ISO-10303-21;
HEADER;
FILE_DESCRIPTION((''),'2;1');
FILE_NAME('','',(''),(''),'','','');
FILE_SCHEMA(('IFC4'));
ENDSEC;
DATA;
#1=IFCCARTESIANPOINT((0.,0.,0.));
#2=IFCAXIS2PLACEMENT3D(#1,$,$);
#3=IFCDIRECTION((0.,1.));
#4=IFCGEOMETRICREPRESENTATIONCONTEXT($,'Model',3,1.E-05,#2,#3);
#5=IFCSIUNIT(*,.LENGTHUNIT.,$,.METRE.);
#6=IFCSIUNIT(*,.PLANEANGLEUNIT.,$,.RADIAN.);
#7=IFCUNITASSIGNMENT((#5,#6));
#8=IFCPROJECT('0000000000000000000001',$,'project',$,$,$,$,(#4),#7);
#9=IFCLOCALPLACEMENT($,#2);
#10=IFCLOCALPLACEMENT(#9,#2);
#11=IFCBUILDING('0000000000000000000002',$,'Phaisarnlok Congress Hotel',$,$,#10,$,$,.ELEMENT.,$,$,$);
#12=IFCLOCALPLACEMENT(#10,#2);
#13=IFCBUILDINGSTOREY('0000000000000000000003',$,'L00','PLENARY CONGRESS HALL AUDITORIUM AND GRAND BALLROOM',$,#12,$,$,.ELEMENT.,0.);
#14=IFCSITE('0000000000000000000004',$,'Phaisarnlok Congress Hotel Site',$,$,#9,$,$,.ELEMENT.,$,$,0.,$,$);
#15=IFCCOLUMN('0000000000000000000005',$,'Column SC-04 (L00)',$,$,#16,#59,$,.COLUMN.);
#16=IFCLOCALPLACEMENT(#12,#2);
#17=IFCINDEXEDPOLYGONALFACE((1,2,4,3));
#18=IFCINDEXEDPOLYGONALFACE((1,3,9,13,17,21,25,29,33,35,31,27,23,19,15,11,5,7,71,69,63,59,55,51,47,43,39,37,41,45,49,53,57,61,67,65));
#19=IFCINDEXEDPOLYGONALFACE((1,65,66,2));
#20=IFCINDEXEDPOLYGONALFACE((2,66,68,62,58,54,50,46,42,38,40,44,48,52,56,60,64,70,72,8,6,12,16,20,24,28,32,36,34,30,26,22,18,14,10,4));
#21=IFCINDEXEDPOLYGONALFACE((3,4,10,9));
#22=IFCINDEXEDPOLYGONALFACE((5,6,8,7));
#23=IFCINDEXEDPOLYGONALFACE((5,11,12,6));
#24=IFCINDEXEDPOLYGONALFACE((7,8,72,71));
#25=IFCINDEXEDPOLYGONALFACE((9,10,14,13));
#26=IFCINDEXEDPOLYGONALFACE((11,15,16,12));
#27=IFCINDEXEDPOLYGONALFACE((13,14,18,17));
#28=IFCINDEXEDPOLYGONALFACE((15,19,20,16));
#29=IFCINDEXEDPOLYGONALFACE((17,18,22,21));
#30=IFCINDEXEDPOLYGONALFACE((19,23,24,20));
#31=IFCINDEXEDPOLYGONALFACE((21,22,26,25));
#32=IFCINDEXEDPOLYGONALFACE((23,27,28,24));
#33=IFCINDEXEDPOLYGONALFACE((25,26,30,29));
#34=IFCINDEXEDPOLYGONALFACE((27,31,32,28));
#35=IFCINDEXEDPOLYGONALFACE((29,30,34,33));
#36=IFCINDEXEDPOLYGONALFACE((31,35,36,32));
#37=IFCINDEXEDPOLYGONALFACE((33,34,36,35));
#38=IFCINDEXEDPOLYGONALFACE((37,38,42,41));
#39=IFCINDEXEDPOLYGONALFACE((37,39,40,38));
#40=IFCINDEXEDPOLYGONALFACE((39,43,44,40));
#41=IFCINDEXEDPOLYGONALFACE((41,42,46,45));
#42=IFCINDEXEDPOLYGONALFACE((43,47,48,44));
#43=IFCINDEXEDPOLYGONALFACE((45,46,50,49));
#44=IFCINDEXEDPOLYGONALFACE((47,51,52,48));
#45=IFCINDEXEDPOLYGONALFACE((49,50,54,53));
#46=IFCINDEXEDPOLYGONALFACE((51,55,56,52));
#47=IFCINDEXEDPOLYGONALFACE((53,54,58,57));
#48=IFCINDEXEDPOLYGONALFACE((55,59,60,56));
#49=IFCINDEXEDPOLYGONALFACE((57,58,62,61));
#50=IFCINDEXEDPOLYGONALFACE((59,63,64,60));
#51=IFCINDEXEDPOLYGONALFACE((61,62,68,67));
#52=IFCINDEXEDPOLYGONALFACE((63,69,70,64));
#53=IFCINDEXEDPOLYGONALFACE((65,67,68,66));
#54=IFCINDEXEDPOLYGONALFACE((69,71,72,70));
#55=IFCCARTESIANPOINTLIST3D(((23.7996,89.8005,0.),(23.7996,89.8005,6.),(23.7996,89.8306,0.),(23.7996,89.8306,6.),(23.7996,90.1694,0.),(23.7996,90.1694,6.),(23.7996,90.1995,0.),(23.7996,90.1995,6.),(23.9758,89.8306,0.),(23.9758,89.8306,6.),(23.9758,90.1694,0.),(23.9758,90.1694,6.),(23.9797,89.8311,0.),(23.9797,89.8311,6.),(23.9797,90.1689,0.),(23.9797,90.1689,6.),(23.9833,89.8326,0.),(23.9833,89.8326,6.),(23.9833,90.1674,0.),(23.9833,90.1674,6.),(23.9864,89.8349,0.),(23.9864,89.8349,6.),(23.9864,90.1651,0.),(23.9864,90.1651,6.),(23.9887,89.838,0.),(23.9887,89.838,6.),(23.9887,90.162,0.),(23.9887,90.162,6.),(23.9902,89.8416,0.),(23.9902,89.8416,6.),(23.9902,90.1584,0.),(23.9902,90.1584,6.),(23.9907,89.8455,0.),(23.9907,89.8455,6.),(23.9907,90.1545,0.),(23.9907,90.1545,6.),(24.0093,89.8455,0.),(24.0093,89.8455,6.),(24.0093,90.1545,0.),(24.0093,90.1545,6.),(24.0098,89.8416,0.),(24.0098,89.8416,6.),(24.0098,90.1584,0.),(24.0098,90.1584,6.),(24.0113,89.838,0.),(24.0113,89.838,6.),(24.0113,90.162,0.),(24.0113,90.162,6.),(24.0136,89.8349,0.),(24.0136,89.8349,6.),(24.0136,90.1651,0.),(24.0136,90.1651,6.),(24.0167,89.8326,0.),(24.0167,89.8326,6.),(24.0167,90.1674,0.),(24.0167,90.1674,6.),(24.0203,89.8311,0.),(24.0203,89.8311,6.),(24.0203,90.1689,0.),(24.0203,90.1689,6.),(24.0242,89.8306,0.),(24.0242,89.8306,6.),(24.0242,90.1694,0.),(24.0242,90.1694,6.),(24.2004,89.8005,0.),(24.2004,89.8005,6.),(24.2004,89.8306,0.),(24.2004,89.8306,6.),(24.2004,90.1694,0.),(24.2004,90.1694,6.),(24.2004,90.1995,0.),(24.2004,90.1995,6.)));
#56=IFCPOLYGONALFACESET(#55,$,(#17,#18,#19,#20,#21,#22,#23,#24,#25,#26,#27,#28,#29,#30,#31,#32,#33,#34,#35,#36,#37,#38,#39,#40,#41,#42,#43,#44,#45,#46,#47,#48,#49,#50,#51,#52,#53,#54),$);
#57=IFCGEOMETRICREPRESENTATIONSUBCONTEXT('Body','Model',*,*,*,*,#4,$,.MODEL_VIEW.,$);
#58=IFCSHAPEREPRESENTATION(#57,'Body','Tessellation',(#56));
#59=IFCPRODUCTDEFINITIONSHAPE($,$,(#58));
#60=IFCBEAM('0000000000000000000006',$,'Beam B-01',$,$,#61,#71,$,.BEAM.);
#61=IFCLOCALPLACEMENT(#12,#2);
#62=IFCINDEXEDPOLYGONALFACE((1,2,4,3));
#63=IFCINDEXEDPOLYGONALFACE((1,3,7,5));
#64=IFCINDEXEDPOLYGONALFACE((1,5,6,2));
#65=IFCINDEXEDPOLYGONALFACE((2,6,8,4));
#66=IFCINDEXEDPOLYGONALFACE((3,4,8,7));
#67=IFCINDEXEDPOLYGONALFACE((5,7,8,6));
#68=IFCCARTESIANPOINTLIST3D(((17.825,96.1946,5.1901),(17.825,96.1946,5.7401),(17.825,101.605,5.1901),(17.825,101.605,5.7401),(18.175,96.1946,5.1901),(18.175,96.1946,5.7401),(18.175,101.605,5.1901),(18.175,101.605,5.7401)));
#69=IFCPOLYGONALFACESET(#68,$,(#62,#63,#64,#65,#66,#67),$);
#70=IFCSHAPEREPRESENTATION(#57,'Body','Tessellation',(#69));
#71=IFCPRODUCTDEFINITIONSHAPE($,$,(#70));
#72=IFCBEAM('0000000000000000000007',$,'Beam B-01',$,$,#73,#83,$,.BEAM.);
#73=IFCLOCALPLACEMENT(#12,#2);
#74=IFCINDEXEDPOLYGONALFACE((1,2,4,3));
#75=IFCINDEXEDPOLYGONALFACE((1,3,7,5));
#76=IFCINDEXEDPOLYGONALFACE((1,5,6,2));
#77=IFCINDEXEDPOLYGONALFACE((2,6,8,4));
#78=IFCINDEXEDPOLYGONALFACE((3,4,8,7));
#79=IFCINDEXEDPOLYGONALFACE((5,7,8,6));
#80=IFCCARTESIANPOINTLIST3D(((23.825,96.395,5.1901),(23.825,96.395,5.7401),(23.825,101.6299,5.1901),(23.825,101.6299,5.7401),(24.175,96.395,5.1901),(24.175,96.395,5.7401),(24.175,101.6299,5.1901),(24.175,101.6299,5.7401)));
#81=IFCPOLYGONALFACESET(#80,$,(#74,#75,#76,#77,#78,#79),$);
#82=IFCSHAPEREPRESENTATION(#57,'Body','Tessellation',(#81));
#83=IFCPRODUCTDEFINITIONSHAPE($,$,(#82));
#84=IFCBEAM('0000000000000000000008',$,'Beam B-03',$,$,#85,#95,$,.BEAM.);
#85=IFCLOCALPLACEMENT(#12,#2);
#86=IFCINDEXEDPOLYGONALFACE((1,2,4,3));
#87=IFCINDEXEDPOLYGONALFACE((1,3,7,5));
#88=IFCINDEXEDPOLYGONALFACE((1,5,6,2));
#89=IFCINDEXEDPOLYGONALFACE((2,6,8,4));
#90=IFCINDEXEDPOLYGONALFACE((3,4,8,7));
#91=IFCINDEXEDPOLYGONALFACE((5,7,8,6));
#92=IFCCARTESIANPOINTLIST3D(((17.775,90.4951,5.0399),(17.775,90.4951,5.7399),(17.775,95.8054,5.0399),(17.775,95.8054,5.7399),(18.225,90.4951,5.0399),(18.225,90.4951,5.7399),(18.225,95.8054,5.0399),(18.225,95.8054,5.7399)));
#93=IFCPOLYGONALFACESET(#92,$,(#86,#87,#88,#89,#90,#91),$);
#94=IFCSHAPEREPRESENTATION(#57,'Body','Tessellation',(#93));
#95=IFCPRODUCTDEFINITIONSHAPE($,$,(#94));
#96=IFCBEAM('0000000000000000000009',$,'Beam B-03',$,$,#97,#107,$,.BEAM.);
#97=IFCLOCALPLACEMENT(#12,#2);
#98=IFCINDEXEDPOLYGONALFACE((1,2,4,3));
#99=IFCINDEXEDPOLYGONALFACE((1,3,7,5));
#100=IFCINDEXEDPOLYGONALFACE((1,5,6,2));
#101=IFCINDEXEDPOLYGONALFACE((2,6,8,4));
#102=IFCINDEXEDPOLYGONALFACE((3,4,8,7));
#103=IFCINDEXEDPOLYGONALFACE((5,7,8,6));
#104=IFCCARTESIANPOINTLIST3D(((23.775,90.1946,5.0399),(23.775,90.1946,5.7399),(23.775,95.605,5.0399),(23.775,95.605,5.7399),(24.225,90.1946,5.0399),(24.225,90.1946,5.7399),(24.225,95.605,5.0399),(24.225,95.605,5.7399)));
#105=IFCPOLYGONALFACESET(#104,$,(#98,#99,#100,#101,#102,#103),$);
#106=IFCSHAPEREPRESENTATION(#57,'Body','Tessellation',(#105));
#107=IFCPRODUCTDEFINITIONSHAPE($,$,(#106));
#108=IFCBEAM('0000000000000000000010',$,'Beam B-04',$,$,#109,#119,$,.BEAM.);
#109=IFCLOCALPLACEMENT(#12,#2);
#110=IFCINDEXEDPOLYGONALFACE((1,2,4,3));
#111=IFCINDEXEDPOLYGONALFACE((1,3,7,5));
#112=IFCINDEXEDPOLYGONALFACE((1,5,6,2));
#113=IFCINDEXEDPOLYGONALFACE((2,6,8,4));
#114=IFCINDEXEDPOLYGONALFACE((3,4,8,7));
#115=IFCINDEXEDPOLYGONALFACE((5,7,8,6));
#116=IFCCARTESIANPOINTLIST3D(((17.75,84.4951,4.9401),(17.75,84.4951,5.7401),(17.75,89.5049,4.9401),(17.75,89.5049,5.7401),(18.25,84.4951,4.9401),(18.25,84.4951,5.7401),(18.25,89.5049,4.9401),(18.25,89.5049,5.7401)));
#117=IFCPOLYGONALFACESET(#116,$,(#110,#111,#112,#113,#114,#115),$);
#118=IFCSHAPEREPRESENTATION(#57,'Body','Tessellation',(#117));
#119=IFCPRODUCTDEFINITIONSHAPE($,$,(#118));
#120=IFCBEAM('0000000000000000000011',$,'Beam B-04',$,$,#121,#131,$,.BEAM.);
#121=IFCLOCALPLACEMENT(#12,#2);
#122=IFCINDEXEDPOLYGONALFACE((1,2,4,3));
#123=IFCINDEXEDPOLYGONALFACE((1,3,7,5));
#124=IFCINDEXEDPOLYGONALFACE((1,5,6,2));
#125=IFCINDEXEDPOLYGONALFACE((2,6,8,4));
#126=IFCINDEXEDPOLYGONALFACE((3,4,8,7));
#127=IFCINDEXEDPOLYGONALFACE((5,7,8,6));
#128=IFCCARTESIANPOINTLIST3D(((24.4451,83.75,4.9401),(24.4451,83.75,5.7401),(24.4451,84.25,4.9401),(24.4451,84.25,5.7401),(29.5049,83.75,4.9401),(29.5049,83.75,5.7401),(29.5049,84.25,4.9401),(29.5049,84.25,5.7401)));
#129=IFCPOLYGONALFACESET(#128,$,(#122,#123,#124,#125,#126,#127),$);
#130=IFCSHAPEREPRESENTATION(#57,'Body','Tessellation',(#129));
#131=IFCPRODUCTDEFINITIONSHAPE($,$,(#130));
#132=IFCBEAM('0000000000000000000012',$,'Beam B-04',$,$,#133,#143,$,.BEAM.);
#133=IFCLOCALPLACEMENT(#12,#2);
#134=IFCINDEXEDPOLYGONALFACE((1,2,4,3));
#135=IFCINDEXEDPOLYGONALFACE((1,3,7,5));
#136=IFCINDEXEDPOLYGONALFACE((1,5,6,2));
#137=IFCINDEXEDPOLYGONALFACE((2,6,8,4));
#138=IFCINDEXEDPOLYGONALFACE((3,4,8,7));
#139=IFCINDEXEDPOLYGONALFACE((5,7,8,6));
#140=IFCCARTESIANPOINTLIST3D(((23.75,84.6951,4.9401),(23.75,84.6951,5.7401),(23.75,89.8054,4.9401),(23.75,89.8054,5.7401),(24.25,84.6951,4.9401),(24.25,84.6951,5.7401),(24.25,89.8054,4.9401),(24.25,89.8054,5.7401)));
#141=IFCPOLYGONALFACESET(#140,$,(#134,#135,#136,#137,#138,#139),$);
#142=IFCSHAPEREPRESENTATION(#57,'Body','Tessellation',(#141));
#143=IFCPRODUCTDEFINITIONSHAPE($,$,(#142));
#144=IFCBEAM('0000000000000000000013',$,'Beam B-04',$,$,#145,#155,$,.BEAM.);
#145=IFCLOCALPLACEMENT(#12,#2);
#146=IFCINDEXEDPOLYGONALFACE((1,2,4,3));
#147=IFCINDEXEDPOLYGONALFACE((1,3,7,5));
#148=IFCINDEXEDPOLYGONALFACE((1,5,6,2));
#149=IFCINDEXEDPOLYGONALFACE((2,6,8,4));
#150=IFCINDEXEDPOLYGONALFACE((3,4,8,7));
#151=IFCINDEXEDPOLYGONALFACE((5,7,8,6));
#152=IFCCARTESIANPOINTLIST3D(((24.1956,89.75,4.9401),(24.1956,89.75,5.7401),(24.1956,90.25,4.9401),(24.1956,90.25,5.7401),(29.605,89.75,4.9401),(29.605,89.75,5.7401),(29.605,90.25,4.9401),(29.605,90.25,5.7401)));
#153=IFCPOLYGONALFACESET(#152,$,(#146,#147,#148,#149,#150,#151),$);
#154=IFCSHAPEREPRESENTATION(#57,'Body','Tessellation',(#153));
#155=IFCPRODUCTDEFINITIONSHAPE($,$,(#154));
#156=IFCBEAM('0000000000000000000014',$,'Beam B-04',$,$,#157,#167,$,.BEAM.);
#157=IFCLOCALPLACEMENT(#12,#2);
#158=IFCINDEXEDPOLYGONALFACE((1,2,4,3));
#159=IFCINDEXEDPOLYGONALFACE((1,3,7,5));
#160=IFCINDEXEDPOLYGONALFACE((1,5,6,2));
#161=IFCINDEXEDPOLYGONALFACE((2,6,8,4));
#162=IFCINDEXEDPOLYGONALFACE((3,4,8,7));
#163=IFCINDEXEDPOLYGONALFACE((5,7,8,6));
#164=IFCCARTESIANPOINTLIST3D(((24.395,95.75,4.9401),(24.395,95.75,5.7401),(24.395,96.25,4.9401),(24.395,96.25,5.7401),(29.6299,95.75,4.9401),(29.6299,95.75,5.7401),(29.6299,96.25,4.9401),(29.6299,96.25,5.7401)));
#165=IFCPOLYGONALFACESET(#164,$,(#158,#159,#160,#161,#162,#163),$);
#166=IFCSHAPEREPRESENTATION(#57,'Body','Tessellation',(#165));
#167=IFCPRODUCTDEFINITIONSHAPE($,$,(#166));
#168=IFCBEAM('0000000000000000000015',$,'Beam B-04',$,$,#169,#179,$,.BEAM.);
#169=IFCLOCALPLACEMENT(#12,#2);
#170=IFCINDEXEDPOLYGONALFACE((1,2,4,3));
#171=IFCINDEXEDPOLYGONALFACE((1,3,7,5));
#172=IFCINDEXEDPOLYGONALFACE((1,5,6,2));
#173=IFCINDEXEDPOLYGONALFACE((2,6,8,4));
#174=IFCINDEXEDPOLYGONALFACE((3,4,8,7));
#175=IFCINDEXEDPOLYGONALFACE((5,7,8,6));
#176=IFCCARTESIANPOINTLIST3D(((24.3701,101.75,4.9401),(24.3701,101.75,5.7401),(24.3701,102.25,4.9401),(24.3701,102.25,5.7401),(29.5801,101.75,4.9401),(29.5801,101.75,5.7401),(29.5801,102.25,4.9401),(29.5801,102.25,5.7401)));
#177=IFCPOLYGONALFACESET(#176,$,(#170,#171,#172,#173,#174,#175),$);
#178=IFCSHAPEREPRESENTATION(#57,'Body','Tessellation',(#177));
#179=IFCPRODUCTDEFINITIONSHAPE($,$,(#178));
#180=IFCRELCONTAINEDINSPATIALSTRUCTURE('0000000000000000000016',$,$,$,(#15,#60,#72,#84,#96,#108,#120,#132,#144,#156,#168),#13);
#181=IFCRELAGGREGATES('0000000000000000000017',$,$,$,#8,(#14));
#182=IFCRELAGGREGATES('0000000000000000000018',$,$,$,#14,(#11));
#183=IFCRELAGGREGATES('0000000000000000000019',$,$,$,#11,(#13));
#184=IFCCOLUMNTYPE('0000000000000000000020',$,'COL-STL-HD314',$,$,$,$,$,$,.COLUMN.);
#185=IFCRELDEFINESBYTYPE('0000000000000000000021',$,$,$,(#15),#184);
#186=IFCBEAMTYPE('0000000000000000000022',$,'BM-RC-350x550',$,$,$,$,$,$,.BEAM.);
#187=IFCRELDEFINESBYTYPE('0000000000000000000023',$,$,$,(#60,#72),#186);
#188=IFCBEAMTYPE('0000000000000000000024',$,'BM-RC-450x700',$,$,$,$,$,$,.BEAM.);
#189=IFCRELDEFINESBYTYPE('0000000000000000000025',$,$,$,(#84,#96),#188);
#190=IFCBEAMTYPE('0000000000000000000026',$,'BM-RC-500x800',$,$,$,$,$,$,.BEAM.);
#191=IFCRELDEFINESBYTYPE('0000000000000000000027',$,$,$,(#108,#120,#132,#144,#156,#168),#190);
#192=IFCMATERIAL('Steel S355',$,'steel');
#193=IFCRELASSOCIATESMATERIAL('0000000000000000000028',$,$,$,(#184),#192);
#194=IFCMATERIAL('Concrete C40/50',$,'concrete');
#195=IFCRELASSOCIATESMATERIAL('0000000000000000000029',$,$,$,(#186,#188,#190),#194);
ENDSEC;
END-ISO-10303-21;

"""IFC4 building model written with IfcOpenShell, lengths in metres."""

from ifc_helpers import new_model, si_unit, direction, frame, origin, origin_2d, place, context, subcontext, project, spatial, rectangle, i_section, extrude, material, material_profile, profile_set, type_object, element, save


model = new_model("IFC4")

# Units and contexts
model_context = context("Model", 3, precision=1e-05, world=origin(), true_north=direction((0.0, 1.0)))
body_context = subcontext(model_context, "Body", "Model", "MODEL_VIEW")
ifc_project = project(units=[si_unit("LENGTHUNIT", "METRE"), si_unit("PLANEANGLEUNIT", "RADIAN")], contexts=[model_context])

# Site, building, storey
site_placement = place(None, origin())
site = spatial("IfcSite", under=ifc_project, at=site_placement, Name="Phaisarnlok Congress Hotel Site", CompositionType="ELEMENT", RefElevation=0.0)
building_placement = place(site_placement, origin())
building = spatial("IfcBuilding", under=site, at=building_placement, Name="Phaisarnlok Congress Hotel", CompositionType="ELEMENT")
storey_placement = place(building_placement, origin())
storey = spatial("IfcBuildingStorey", under=building, at=storey_placement, Name="L00", Description="PLENARY CONGRESS HALL AUDITORIUM AND GRAND BALLROOM", CompositionType="ELEMENT", Elevation=0.0)

# Column
ifc_material_1 = material(Name="Steel S355", Category="steel")
ifc_material_profile_1 = material_profile(ifc_material_1, i_section(OverallWidth=0.4009, OverallDepth=0.3989, WebThickness=0.0186, FlangeThickness=0.03, FilletRadius=0.0149, at=origin_2d()), Name="HD 400x314")
ifc_profile_set_1 = profile_set([ifc_material_profile_1], Name="Steel S355")
column_type_1 = type_object("IfcColumnType", Name="COL-STL-HD314", PredefinedType="COLUMN", material=ifc_profile_set_1)
for number, where, z_axis, x_axis, name in (
    (1, (24.0, 90.0, 0.0), (0.0, 0.0, 1.0), (1.0, 0.0, 0.0), "Column SC-04 (L00)"),
):
    element("IfcColumn", number, at=place(storey_placement, frame(where, z_axis=z_axis, x_axis=x_axis)), inside=storey, type_object=column_type_1, Name=name, PredefinedType="COLUMN", context=body_context, shape_type="SweptSolid", body=[
        extrude(i_section(OverallWidth=0.4009, OverallDepth=0.3989, WebThickness=0.0186, FlangeThickness=0.03, FilletRadius=0.0149, at=origin_2d()), origin(), (0.0, 0.0, 1.0), 6.0),
    ])

# Beams
ifc_material_2 = material(Name="Concrete C40/50", Category="concrete")
ifc_material_profile_2 = material_profile(ifc_material_2, rectangle(XDim=0.3501, YDim=0.55, at=origin_2d()), Name="RC 350x550")
ifc_profile_set_2 = profile_set([ifc_material_profile_2], Name="Concrete C40/50")
beam_type_1 = type_object("IfcBeamType", Name="BM-RC-350x550", PredefinedType="BEAM", material=ifc_profile_set_2)
beam_1_placement = place(storey_placement, frame((18.0, 96.1946, 5.4651), z_axis=(0.0, 1.0, 0.0), x_axis=(-1.0, 0.0, 0.0)))
element("IfcBeam", 2, at=beam_1_placement, inside=storey, type_object=beam_type_1, Name="Beam B-01", PredefinedType="BEAM", context=body_context, shape_type="SweptSolid", body=[
    extrude(rectangle(XDim=0.3501, YDim=0.55, at=origin_2d()), origin(), (0.0, 0.0, 1.0), 5.4104),
])
beam_2_placement = place(storey_placement, frame((24.0, 96.395, 5.4651), z_axis=(0.0, 1.0, 0.0), x_axis=(-1.0, 0.0, 0.0)))
element("IfcBeam", 3, at=beam_2_placement, inside=storey, type_object=beam_type_1, Name="Beam B-01", PredefinedType="BEAM", context=body_context, shape_type="SweptSolid", body=[
    extrude(rectangle(XDim=0.3501, YDim=0.55, at=origin_2d()), origin(), (0.0, 0.0, 1.0), 5.2349),
])
ifc_material_profile_3 = material_profile(ifc_material_2, rectangle(XDim=0.45, YDim=0.7, at=origin_2d()), Name="RC 450x700")
ifc_profile_set_3 = profile_set([ifc_material_profile_3], Name="Concrete C40/50")
beam_type_2 = type_object("IfcBeamType", Name="BM-RC-450x700", PredefinedType="BEAM", material=ifc_profile_set_3)
beam_3_placement = place(storey_placement, frame((18.0, 90.4951, 5.3899), z_axis=(0.0, 1.0, 0.0), x_axis=(-1.0, 0.0, 0.0)))
element("IfcBeam", 4, at=beam_3_placement, inside=storey, type_object=beam_type_2, Name="Beam B-03", PredefinedType="BEAM", context=body_context, shape_type="SweptSolid", body=[
    extrude(rectangle(XDim=0.45, YDim=0.7, at=origin_2d()), origin(), (0.0, 0.0, 1.0), 5.3103),
])
beam_4_placement = place(storey_placement, frame((24.0, 90.1946, 5.3899), z_axis=(0.0, 1.0, 0.0), x_axis=(-1.0, 0.0, 0.0)))
element("IfcBeam", 5, at=beam_4_placement, inside=storey, type_object=beam_type_2, Name="Beam B-03", PredefinedType="BEAM", context=body_context, shape_type="SweptSolid", body=[
    extrude(rectangle(XDim=0.45, YDim=0.7, at=origin_2d()), origin(), (0.0, 0.0, 1.0), 5.4104),
])
ifc_material_profile_4 = material_profile(ifc_material_2, rectangle(XDim=0.5, YDim=0.8, at=origin_2d()), Name="RC 500x800")
ifc_profile_set_4 = profile_set([ifc_material_profile_4], Name="Concrete C40/50")
beam_type_3 = type_object("IfcBeamType", Name="BM-RC-500x800", PredefinedType="BEAM", material=ifc_profile_set_4)
beam_5_placement = place(storey_placement, frame((18.0, 84.4951, 5.3401), z_axis=(0.0, 1.0, 0.0), x_axis=(-1.0, 0.0, 0.0)))
element("IfcBeam", 6, at=beam_5_placement, inside=storey, type_object=beam_type_3, Name="Beam B-04", PredefinedType="BEAM", context=body_context, shape_type="SweptSolid", body=[
    extrude(rectangle(XDim=0.5, YDim=0.8, at=origin_2d()), origin(), (0.0, 0.0, 1.0), 5.0098),
])
beam_6_placement = place(storey_placement, frame((24.4451, 84.0, 5.3401), z_axis=(1.0, 0.0, 0.0), x_axis=(0.0, 1.0, 0.0)))
element("IfcBeam", 7, at=beam_6_placement, inside=storey, type_object=beam_type_3, Name="Beam B-04", PredefinedType="BEAM", context=body_context, shape_type="SweptSolid", body=[
    extrude(rectangle(XDim=0.5, YDim=0.8, at=origin_2d()), origin(), (0.0, 0.0, 1.0), 5.0598),
])
beam_7_placement = place(storey_placement, frame((24.0, 84.6951, 5.3401), z_axis=(0.0, 1.0, 0.0), x_axis=(-1.0, 0.0, 0.0)))
element("IfcBeam", 8, at=beam_7_placement, inside=storey, type_object=beam_type_3, Name="Beam B-04", PredefinedType="BEAM", context=body_context, shape_type="SweptSolid", body=[
    extrude(rectangle(XDim=0.5, YDim=0.8, at=origin_2d()), origin(), (0.0, 0.0, 1.0), 5.1104),
])
beam_8_placement = place(storey_placement, frame((24.1956, 90.0, 5.3401), z_axis=(1.0, 0.0, 0.0), x_axis=(0.0, 1.0, 0.0)))
element("IfcBeam", 9, at=beam_8_placement, inside=storey, type_object=beam_type_3, Name="Beam B-04", PredefinedType="BEAM", context=body_context, shape_type="SweptSolid", body=[
    extrude(rectangle(XDim=0.5, YDim=0.8, at=origin_2d()), origin(), (0.0, 0.0, 1.0), 5.4094),
])
beam_9_placement = place(storey_placement, frame((24.395, 96.0, 5.3401), z_axis=(1.0, 0.0, 0.0), x_axis=(0.0, 1.0, 0.0)))
element("IfcBeam", 10, at=beam_9_placement, inside=storey, type_object=beam_type_3, Name="Beam B-04", PredefinedType="BEAM", context=body_context, shape_type="SweptSolid", body=[
    extrude(rectangle(XDim=0.5, YDim=0.8, at=origin_2d()), origin(), (0.0, 0.0, 1.0), 5.2349),
])
beam_10_placement = place(storey_placement, frame((24.3701, 102.0, 5.3401), z_axis=(1.0, 0.0, 0.0), x_axis=(0.0, 1.0, 0.0)))
element("IfcBeam", 11, at=beam_10_placement, inside=storey, type_object=beam_type_3, Name="Beam B-04", PredefinedType="BEAM", context=body_context, shape_type="SweptSolid", body=[
    extrude(rectangle(XDim=0.5, YDim=0.8, at=origin_2d()), origin(), (0.0, 0.0, 1.0), 5.21),
])

save(model, "model.ifc")
